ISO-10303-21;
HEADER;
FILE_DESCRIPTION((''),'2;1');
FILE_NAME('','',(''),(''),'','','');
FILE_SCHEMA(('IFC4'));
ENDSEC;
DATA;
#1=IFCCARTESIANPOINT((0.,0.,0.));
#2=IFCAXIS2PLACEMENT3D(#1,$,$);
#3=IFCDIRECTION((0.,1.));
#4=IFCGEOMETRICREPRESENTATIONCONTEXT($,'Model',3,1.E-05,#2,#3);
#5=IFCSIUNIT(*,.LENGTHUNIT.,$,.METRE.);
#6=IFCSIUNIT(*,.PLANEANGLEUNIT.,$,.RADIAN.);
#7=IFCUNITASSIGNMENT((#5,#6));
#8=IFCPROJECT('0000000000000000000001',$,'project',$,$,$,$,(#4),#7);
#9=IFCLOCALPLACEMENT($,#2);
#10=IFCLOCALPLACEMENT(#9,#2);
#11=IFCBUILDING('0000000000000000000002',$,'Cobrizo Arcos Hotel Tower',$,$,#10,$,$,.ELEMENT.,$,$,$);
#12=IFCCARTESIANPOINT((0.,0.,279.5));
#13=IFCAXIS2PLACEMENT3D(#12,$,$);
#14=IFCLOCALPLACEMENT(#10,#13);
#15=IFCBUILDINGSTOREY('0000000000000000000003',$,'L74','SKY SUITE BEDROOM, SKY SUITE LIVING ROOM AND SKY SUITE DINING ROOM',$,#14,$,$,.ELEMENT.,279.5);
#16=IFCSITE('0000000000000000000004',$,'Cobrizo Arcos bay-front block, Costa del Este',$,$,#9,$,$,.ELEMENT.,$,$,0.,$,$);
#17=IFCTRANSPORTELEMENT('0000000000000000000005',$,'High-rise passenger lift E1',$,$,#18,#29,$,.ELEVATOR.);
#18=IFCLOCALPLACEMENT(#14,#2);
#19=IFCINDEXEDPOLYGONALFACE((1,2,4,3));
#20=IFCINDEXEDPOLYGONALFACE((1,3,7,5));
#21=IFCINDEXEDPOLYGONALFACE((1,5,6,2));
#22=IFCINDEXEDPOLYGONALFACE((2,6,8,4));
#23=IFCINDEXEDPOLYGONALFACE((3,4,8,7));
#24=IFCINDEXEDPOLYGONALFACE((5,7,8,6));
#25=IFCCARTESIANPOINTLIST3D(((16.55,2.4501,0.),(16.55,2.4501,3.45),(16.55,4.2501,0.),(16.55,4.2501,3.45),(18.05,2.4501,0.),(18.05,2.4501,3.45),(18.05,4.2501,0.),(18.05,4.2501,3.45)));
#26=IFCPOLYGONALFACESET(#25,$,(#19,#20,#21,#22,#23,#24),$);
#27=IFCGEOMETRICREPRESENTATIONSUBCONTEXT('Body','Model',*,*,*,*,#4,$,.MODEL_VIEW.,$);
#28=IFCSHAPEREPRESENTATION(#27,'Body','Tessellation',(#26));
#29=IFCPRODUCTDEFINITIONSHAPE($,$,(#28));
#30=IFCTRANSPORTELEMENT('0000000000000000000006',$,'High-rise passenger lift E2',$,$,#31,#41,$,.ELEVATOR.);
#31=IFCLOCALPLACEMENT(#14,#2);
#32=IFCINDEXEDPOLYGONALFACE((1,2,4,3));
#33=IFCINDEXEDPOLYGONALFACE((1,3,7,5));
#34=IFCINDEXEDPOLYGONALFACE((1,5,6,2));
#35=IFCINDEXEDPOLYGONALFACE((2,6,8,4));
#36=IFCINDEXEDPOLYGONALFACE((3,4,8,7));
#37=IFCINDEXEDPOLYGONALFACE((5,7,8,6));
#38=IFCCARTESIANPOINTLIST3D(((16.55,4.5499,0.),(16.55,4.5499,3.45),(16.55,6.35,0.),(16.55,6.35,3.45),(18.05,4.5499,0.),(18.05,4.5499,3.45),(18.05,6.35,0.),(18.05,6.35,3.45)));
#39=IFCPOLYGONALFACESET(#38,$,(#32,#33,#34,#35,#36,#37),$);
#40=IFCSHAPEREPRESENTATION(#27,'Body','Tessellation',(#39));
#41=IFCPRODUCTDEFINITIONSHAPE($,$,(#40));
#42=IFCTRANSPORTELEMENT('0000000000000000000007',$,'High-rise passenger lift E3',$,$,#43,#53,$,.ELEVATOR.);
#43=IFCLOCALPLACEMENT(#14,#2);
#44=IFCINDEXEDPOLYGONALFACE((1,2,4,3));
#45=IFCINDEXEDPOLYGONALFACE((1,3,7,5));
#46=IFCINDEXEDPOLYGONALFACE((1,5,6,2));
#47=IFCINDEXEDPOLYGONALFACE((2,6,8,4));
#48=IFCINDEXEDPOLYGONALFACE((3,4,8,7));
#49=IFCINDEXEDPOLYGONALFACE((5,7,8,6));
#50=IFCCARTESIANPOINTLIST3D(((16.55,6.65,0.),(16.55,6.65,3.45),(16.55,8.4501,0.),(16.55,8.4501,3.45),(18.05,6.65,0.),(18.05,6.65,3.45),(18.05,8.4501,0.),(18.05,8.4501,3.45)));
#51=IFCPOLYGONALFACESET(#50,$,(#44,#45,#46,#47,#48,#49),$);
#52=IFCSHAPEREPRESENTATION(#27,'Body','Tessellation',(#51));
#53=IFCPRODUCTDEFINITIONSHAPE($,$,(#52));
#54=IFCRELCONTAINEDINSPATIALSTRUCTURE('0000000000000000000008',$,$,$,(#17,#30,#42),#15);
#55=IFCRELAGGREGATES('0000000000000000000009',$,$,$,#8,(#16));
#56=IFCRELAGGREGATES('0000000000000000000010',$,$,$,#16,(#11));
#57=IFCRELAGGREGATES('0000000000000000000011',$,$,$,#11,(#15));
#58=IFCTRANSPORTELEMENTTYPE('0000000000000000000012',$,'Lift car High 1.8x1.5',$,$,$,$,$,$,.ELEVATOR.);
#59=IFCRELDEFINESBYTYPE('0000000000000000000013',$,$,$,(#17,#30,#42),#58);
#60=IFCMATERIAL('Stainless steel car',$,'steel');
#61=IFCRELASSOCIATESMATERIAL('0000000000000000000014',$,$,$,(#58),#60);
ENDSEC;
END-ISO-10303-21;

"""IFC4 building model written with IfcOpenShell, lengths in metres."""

from ifc_helpers import new_model, si_unit, direction, frame, origin, origin_2d, place, context, subcontext, project, spatial, rectangle, extrude, material, type_object, element, save


model = new_model("IFC4")

# Units and contexts
model_context = context("Model", 3, precision=1e-05, world=origin(), true_north=direction((0.0, 1.0)))
body_context = subcontext(model_context, "Body", "Model", "MODEL_VIEW")
ifc_project = project(units=[si_unit("LENGTHUNIT", "METRE"), si_unit("PLANEANGLEUNIT", "RADIAN")], contexts=[model_context])

# Site, building, storey
site_placement = place(None, origin())
site = spatial("IfcSite", under=ifc_project, at=site_placement, Name="Cobrizo Arcos bay-front block, Costa del Este", CompositionType="ELEMENT", RefElevation=0.0)
building_placement = place(site_placement, origin())
building = spatial("IfcBuilding", under=site, at=building_placement, Name="Cobrizo Arcos Hotel Tower", CompositionType="ELEMENT")
storey_placement = place(building_placement, frame((0.0, 0.0, 279.5)))
storey = spatial("IfcBuildingStorey", under=building, at=storey_placement, Name="L74", Description="SKY SUITE BEDROOM, SKY SUITE LIVING ROOM AND SKY SUITE DINING ROOM", CompositionType="ELEMENT", Elevation=279.5)

# Transport elements
ifc_material_1 = material(Name="Stainless steel car", Category="steel")
transport_element_type = type_object("IfcTransportElementType", Name="Lift car High 1.8x1.5", PredefinedType="ELEVATOR", material=ifc_material_1)
for number, where, z_axis, x_axis, name in (
    (1, (17.3, 3.3501, 0.0), (0.0, 0.0, 1.0), (1.0, 0.0, 0.0), "High-rise passenger lift E1"),
    (2, (17.3, 5.45, 0.0), (0.0, 0.0, 1.0), (1.0, 0.0, 0.0), "High-rise passenger lift E2"),
    (3, (17.3, 7.55, 0.0), (0.0, 0.0, 1.0), (1.0, 0.0, 0.0), "High-rise passenger lift E3"),
):
    element("IfcTransportElement", number, at=place(storey_placement, frame(where, z_axis=z_axis, x_axis=x_axis)), inside=storey, type_object=transport_element_type, Name=name, PredefinedType="ELEVATOR", context=body_context, shape_type="SweptSolid", body=[
        extrude(rectangle(XDim=1.5, YDim=1.8, at=origin_2d()), origin(), (0.0, 0.0, 1.0), 3.45),
    ])

save(model, "model.ifc")
